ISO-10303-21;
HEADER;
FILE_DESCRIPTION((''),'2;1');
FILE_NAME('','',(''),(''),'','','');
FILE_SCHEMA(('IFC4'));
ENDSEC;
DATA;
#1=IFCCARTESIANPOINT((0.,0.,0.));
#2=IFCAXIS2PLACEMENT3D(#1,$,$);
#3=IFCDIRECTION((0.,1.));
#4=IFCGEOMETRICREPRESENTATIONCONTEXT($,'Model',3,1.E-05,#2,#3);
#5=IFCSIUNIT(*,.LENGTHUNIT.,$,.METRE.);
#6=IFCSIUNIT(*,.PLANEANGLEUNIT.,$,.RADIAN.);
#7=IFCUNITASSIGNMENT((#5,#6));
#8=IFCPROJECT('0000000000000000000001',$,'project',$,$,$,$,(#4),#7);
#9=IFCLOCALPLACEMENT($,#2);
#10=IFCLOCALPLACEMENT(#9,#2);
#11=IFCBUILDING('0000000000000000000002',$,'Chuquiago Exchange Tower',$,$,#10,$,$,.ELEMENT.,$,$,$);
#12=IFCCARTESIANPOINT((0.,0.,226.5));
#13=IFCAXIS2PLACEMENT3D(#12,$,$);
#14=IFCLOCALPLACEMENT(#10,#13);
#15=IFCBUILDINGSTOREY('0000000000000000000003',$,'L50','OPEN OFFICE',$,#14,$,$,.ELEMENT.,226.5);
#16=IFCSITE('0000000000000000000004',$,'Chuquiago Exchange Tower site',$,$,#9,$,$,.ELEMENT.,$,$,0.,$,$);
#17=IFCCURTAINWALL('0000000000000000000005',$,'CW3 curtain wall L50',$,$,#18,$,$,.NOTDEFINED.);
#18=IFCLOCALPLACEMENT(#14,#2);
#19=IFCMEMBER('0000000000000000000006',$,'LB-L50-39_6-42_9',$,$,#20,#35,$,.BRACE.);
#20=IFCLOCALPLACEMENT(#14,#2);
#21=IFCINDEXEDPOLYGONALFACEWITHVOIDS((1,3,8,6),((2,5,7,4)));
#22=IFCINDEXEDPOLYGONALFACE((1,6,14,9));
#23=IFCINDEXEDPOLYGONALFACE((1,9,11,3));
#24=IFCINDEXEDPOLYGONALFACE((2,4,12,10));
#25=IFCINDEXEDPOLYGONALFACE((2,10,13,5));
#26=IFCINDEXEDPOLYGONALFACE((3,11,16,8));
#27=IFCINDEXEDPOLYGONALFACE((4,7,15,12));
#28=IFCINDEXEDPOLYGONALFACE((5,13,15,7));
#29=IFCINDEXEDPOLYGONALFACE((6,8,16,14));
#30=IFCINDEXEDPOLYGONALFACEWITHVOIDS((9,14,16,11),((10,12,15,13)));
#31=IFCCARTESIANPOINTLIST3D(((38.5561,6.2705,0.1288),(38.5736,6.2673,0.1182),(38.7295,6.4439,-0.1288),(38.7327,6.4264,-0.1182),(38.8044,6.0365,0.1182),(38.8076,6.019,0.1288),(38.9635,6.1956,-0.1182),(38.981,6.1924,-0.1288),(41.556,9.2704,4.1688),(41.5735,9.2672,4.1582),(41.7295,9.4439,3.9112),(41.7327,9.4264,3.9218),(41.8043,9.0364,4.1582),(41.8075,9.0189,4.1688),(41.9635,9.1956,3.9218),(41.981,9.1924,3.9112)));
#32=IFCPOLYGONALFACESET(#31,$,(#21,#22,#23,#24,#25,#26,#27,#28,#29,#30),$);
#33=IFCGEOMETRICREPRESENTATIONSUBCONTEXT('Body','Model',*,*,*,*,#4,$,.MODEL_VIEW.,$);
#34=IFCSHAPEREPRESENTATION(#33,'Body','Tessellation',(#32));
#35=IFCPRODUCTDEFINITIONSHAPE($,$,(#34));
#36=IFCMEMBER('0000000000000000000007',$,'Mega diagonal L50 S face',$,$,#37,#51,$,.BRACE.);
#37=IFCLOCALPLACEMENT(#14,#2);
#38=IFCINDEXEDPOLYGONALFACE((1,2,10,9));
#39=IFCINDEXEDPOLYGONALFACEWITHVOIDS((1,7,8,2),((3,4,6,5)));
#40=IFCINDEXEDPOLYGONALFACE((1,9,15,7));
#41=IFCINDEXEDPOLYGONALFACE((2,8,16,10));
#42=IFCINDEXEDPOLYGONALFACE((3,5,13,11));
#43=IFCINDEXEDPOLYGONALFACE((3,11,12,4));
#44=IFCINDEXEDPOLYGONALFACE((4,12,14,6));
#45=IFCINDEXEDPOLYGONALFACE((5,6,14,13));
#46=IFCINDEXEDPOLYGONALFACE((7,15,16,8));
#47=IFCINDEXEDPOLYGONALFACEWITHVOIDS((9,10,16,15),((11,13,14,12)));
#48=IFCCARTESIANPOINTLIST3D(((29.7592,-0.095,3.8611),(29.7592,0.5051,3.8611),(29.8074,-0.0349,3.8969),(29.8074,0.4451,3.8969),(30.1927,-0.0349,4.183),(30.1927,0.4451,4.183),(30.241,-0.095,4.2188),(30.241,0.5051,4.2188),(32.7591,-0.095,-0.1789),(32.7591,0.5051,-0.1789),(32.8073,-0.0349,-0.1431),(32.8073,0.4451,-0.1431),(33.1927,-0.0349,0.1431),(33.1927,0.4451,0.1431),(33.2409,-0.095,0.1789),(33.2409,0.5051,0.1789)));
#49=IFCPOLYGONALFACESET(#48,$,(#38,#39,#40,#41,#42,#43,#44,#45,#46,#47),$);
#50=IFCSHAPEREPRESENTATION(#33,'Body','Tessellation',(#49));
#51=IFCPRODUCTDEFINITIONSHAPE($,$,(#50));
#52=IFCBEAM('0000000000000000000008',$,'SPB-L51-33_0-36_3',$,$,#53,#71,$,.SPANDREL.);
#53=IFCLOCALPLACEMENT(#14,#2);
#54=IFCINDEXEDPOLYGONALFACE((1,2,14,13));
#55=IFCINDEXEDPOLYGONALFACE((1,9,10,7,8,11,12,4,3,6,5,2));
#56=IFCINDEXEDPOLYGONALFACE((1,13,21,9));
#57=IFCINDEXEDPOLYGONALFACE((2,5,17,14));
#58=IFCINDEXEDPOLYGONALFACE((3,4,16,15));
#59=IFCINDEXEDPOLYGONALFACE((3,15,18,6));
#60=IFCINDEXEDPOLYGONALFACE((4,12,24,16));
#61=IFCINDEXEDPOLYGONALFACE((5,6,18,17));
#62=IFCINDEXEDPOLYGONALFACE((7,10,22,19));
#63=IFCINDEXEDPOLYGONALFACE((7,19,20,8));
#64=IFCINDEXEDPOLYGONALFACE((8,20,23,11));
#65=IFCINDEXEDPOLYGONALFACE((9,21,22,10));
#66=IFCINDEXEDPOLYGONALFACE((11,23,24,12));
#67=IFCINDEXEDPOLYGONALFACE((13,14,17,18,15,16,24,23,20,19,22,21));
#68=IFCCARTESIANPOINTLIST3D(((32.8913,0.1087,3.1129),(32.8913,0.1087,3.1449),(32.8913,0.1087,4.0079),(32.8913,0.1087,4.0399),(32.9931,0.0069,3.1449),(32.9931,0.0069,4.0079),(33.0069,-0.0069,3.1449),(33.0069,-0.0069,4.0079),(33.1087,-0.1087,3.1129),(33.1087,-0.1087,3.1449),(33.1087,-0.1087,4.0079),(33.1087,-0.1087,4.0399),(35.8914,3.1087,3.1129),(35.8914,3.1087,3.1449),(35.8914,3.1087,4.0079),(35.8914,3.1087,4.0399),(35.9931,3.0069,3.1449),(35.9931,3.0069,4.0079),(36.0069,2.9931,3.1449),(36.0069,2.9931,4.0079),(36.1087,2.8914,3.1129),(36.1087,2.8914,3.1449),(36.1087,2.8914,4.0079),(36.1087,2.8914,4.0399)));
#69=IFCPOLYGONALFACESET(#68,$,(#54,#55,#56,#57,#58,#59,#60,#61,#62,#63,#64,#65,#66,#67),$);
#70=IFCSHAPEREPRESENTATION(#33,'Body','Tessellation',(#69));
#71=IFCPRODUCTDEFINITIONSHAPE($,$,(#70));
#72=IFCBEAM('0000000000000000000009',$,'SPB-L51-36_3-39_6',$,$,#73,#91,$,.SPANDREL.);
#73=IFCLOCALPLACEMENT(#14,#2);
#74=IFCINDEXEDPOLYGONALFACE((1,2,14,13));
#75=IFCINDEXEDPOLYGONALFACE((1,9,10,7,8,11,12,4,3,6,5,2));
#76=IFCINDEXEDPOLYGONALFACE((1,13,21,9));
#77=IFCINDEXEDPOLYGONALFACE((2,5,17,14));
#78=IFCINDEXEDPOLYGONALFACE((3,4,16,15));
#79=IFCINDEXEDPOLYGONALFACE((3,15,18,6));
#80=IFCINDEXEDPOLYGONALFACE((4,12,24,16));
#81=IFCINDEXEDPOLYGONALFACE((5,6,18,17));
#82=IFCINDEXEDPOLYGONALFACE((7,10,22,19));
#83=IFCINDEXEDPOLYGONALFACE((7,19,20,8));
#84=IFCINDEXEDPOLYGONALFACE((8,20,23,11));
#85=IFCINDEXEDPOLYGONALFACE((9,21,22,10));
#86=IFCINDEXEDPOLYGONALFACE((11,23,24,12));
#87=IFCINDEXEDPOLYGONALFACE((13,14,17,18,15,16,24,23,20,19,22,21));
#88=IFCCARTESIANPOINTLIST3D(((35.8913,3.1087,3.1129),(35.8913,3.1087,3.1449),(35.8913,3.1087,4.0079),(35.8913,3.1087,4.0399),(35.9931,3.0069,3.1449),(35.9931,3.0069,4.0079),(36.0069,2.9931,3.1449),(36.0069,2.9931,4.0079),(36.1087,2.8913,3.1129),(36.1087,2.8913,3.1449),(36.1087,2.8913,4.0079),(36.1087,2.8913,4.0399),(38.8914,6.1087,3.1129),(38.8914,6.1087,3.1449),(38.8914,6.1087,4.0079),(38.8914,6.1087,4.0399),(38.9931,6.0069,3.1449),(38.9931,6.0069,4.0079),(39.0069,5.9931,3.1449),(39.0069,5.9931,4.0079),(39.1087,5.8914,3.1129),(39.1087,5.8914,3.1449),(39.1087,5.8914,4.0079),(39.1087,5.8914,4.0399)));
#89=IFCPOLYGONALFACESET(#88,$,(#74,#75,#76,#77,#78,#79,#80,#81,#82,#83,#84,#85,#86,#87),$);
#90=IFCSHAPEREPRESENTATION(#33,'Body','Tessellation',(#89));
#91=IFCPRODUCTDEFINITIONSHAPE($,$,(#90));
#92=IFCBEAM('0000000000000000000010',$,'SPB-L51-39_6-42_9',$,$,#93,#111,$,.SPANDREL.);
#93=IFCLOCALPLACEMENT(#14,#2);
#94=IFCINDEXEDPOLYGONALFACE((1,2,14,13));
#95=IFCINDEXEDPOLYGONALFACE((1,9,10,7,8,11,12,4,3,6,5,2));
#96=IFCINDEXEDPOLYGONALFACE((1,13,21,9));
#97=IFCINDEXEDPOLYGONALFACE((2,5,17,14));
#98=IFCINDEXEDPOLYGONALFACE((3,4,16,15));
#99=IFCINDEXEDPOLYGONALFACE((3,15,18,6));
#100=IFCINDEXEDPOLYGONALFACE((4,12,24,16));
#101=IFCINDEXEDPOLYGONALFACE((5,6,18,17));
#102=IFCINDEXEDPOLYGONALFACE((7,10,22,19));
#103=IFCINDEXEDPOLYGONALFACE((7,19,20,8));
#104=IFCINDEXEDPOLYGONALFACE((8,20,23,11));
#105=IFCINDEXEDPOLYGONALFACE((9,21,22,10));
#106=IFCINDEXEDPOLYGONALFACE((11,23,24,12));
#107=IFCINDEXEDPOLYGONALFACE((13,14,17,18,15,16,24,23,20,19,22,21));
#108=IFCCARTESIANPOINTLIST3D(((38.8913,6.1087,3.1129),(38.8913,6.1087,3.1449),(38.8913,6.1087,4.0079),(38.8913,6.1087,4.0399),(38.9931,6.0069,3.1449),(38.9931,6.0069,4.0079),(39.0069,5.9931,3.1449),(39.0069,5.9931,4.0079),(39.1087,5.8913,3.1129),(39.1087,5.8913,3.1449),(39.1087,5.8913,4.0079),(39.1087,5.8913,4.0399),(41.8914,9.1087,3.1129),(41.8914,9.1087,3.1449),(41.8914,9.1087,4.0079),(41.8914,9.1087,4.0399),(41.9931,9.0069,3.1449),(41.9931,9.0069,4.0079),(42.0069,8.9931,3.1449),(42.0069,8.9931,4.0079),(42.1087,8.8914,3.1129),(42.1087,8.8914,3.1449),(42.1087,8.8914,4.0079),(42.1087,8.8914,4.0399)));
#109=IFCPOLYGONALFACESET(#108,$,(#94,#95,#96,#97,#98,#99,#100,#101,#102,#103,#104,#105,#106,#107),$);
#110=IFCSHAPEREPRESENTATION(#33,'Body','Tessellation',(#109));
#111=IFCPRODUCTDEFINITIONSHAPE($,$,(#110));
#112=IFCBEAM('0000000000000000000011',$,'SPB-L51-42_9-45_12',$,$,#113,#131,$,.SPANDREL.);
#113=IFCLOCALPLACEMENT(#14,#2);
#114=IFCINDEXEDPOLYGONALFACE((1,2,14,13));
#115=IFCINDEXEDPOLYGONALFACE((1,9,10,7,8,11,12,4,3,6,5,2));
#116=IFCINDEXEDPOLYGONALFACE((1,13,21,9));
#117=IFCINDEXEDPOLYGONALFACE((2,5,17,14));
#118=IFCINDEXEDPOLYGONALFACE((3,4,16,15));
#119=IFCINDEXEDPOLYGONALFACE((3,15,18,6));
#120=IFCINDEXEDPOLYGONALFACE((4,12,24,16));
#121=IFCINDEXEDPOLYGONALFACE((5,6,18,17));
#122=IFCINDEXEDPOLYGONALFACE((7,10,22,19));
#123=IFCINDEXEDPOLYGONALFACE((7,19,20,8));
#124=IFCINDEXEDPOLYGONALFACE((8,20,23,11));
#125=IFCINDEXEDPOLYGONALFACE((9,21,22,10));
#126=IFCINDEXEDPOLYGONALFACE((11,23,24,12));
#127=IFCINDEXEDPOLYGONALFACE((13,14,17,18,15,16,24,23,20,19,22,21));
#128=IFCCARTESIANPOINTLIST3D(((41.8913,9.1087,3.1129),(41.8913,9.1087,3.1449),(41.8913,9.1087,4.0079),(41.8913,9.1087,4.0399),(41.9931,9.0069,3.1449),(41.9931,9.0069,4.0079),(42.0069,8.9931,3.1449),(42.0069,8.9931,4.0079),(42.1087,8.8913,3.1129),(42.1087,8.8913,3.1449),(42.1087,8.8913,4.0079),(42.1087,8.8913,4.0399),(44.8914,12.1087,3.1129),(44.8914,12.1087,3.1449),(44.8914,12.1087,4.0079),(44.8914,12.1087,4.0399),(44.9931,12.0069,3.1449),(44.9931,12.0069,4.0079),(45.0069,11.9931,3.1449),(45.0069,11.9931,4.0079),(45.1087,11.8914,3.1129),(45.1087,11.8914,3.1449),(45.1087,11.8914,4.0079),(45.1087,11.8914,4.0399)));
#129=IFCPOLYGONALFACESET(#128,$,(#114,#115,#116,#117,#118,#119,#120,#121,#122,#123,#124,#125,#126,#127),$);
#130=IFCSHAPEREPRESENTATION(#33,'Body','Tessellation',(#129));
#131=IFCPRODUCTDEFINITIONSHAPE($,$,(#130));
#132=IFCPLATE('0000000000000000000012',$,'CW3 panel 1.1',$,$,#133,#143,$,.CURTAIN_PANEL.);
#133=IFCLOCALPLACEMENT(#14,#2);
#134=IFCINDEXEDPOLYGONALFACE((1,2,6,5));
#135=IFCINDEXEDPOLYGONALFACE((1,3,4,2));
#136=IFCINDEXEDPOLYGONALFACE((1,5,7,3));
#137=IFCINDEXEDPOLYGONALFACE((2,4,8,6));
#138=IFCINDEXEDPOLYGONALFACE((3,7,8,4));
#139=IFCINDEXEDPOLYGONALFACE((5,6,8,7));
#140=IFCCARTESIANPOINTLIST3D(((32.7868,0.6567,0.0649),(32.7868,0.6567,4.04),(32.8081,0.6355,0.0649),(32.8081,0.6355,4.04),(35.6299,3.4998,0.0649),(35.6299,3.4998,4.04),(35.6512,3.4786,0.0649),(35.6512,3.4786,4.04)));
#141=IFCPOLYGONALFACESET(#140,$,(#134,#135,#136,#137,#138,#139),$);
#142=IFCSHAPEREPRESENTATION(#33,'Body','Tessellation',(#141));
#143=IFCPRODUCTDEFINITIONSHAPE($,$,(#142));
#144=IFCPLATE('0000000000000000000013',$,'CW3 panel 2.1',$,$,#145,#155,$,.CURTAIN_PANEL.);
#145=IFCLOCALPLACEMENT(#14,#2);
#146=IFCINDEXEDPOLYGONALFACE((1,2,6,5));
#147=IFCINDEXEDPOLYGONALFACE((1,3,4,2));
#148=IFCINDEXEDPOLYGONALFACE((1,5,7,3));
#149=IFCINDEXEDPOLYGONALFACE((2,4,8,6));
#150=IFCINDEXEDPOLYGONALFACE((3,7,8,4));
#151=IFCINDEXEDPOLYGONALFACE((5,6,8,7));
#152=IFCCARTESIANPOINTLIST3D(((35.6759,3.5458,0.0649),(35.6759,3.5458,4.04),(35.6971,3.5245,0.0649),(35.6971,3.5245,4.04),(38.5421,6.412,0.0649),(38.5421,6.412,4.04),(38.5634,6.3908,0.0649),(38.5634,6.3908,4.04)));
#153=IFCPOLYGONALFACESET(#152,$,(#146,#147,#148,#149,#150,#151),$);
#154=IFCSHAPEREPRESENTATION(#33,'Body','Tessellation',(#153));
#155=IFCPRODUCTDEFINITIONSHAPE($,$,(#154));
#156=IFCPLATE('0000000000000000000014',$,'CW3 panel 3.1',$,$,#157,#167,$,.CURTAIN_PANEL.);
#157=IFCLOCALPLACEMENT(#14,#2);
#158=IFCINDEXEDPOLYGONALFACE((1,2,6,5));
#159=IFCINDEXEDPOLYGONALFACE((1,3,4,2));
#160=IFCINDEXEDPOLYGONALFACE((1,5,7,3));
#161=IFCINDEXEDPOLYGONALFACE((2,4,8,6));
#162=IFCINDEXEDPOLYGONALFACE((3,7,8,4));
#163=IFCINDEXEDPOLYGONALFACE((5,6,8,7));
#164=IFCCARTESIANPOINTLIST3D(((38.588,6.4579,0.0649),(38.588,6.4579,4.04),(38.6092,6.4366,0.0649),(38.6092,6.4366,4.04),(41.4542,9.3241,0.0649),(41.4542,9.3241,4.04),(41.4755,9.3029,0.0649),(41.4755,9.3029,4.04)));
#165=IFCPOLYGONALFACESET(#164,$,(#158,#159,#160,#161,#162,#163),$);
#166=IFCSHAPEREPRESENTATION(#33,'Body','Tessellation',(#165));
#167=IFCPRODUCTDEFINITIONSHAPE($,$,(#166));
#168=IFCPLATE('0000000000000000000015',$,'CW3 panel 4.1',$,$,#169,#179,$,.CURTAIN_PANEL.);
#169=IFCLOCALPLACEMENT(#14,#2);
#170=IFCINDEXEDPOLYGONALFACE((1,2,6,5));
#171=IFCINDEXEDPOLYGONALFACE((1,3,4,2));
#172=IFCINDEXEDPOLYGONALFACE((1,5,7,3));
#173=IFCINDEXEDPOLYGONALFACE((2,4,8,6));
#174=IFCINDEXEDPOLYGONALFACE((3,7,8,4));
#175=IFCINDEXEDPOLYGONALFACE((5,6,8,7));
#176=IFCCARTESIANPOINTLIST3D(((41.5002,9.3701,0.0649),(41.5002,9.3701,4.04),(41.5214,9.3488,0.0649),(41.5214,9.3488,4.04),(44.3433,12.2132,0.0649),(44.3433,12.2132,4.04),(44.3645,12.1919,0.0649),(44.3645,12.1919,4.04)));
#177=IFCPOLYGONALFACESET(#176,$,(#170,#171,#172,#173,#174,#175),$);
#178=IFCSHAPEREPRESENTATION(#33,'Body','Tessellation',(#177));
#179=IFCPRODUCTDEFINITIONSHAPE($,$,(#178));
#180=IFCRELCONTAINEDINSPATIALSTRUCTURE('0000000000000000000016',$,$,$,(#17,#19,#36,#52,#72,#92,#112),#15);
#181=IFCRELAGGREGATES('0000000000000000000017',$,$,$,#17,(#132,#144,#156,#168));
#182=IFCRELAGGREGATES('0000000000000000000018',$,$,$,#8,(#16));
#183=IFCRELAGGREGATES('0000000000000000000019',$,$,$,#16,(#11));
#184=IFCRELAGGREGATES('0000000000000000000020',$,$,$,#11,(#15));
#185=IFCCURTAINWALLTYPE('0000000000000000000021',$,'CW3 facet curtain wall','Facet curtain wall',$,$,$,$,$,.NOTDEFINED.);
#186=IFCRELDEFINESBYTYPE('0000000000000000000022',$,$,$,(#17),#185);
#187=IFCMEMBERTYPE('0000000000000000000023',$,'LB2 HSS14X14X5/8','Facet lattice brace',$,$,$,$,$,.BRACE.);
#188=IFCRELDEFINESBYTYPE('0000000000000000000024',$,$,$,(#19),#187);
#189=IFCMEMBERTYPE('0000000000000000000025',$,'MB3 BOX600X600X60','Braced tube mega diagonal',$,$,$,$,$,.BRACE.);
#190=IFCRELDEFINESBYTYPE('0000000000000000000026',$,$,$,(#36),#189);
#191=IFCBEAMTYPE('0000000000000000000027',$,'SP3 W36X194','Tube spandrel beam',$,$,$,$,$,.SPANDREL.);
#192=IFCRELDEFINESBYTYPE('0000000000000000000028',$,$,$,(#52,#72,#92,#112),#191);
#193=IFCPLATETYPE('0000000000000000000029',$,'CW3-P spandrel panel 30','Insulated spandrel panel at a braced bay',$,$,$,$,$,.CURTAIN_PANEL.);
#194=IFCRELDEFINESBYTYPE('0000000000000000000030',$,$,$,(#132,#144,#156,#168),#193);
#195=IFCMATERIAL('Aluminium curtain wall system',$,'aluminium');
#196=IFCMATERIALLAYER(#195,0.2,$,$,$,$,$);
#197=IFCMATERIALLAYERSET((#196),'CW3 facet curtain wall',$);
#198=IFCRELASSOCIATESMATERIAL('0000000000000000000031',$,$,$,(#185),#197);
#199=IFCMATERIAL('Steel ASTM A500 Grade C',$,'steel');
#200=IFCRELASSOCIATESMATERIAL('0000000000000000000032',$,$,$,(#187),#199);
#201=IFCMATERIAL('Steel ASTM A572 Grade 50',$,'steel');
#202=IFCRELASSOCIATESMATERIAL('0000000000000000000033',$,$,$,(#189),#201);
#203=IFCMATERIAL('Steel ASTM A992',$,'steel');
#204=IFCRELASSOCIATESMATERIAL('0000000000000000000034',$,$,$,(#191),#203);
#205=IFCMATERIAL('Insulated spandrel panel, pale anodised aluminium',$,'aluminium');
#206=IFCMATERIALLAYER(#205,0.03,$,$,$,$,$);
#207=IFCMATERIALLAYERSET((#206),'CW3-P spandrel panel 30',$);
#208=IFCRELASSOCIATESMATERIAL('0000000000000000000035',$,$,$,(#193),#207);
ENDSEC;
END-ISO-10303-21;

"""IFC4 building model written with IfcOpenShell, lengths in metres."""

from ifc_helpers import new_model, si_unit, direction, frame, origin, origin_2d, place, context, subcontext, project, spatial, rectangle, hollow_rectangle, i_section, extrude, material, layer, layer_set, material_profile, profile_set, type_object, element, aggregate, save


model = new_model("IFC4")

# Units and contexts
model_context = context("Model", 3, precision=1e-05, world=origin(), true_north=direction((0.0, 1.0)))
body_context = subcontext(model_context, "Body", "Model", "MODEL_VIEW")
ifc_project = project(units=[si_unit("LENGTHUNIT", "METRE"), si_unit("PLANEANGLEUNIT", "RADIAN")], contexts=[model_context])

# Site, building, storey
site_placement = place(None, origin())
site = spatial("IfcSite", under=ifc_project, at=site_placement, Name="Chuquiago Exchange Tower site", CompositionType="ELEMENT", RefElevation=0.0)
building_placement = place(site_placement, origin())
building = spatial("IfcBuilding", under=site, at=building_placement, Name="Chuquiago Exchange Tower", CompositionType="ELEMENT")
storey_placement = place(building_placement, frame((0.0, 0.0, 226.5)))
storey = spatial("IfcBuildingStorey", under=building, at=storey_placement, Name="L50", Description="OPEN OFFICE", CompositionType="ELEMENT", Elevation=226.5)

# Curtain wall
ifc_material_1 = material(Name="Aluminium curtain wall system", Category="aluminium")
ifc_layer_1 = layer(ifc_material_1, 0.2)
ifc_layer_set_1 = layer_set([ifc_layer_1], Name="CW3 facet curtain wall")
curtain_wall_type = type_object("IfcCurtainWallType", Name="CW3 facet curtain wall", Description="Facet curtain wall", PredefinedType="NOTDEFINED", material=ifc_layer_set_1)
curtain_wall_placement = place(storey_placement, origin())
curtain_wall = element("IfcCurtainWall", 1, at=curtain_wall_placement, inside=storey, type_object=curtain_wall_type, Name="CW3 curtain wall L50", PredefinedType="NOTDEFINED")

# Members
ifc_material_2 = material(Name="Steel ASTM A500 Grade C", Category="steel")
ifc_material_profile_1 = material_profile(ifc_material_2, hollow_rectangle(XDim=0.3557, YDim=0.3557, WallThickness=0.0146, at=origin_2d()), Name="HSS14X14X5/8")
ifc_profile_set_1 = profile_set([ifc_material_profile_1], Name="Steel ASTM A500 Grade C")
member_type_1 = type_object("IfcMemberType", Name="LB2 HSS14X14X5/8", Description="Facet lattice brace", PredefinedType="BRACE", material=ifc_profile_set_1)
for number, where, z_axis, x_axis, name in (
    (2, (38.7686, 6.2314, 0.0), (0.512077, 0.512077, 0.689604), (-0.707107, 0.707107, 0.0), "LB-L50-39_6-42_9"),
):
    element("IfcMember", number, at=place(storey_placement, frame(where, z_axis=z_axis, x_axis=x_axis)), inside=storey, type_object=member_type_1, Name=name, PredefinedType="BRACE", context=body_context, shape_type="SweptSolid", body=[
        extrude(hollow_rectangle(XDim=0.3557, YDim=0.3557, WallThickness=0.0146, at=origin_2d()), origin(), (0.0, 0.0, 1.0), 5.8584),
    ])
ifc_material_3 = material(Name="Steel ASTM A572 Grade 50", Category="steel")
ifc_material_profile_2 = material_profile(ifc_material_3, hollow_rectangle(XDim=0.6001, YDim=0.6001, WallThickness=0.0601, at=origin_2d()), Name="BOX600X600X60")
ifc_profile_set_2 = profile_set([ifc_material_profile_2], Name="Steel ASTM A572 Grade 50")
member_type_2 = type_object("IfcMemberType", Name="MB3 BOX600X600X60", Description="Braced tube mega diagonal", PredefinedType="BRACE", material=ifc_profile_set_2)
member_1_placement = place(storey_placement, frame((33.0, 0.2051, 0.0), z_axis=(-0.596174, 0.0, 0.802855), x_axis=(0.0, -1.0, 0.0)))
element("IfcMember", 3, at=member_1_placement, inside=storey, type_object=member_type_2, Name="Mega diagonal L50 S face", PredefinedType="BRACE", context=body_context, shape_type="SweptSolid", body=[
    extrude(hollow_rectangle(XDim=0.6001, YDim=0.6001, WallThickness=0.0601, at=origin_2d()), origin(), (0.0, 0.0, 1.0), 5.032),
])

# Beams
ifc_material_4 = material(Name="Steel ASTM A992", Category="steel")
ifc_material_profile_3 = material_profile(ifc_material_4, i_section(OverallWidth=0.3074, OverallDepth=0.927, WebThickness=0.0195, FlangeThickness=0.032, at=origin_2d()), Name="W36X194")
ifc_profile_set_3 = profile_set([ifc_material_profile_3], Name="Steel ASTM A992")
beam_type_1 = type_object("IfcBeamType", Name="SP3 W36X194", Description="Tube spandrel beam", PredefinedType="SPANDREL", material=ifc_profile_set_3)
for number, where, z_axis, x_axis, name in (
    (4, (33.0, 0.0, 3.5764), (0.707107, 0.707107, 0.0), (-0.707107, 0.707107, 0.0), "SPB-L51-33_0-36_3"),
    (5, (36.0, 3.0, 3.5764), (0.707107, 0.707107, 0.0), (-0.707107, 0.707107, 0.0), "SPB-L51-36_3-39_6"),
    (6, (39.0, 6.0, 3.5764), (0.707107, 0.707107, 0.0), (-0.707107, 0.707107, 0.0), "SPB-L51-39_6-42_9"),
    (7, (42.0, 9.0, 3.5764), (0.707107, 0.707107, 0.0), (-0.707107, 0.707107, 0.0), "SPB-L51-42_9-45_12"),
):
    element("IfcBeam", number, at=place(storey_placement, frame(where, z_axis=z_axis, x_axis=x_axis)), inside=storey, type_object=beam_type_1, Name=name, PredefinedType="SPANDREL", context=body_context, shape_type="SweptSolid", body=[
        extrude(i_section(OverallWidth=0.3074, OverallDepth=0.927, WebThickness=0.0195, FlangeThickness=0.032, at=origin_2d()), origin(), (0.0, 0.0, 1.0), 4.2427),
    ])

# Plates
ifc_material_5 = material(Name="Insulated spandrel panel, pale anodised aluminium", Category="aluminium")
ifc_layer_2 = layer(ifc_material_5, 0.03)
ifc_layer_set_2 = layer_set([ifc_layer_2], Name="CW3-P spandrel panel 30")
plate_type = type_object("IfcPlateType", Name="CW3-P spandrel panel 30", Description="Insulated spandrel panel at a braced bay", PredefinedType="CURTAIN_PANEL", material=ifc_layer_set_2)
plate_1_placement = place(storey_placement, frame((34.219, 2.0676, 0.0649), z_axis=(0.0, 0.0, 1.0), x_axis=(0.707107, 0.707107, 0.0)))
plate_1 = element("IfcPlate", 8, at=plate_1_placement, type_object=plate_type, Name="CW3 panel 1.1", PredefinedType="CURTAIN_PANEL", context=body_context, shape_type="SweptSolid", body=[
    extrude(rectangle(XDim=4.0208, YDim=0.03, at=origin_2d()), origin(), (0.0, 0.0, 1.0), 3.9751),
])
plate_2_placement = place(storey_placement, frame((37.1196, 4.9683, 0.0649), z_axis=(0.0, 0.0, 1.0), x_axis=(0.707107, 0.707107, 0.0)))
plate_2 = element("IfcPlate", 9, at=plate_2_placement, type_object=plate_type, Name="CW3 panel 2.1", PredefinedType="CURTAIN_PANEL", context=body_context, shape_type="SweptSolid", body=[
    extrude(rectangle(XDim=4.0535, YDim=0.03, at=origin_2d()), origin(), (0.0, 0.0, 1.0), 3.9751),
])
plate_3_placement = place(storey_placement, frame((40.0317, 7.8804, 0.0649), z_axis=(0.0, 0.0, 1.0), x_axis=(0.707107, 0.707107, 0.0)))
plate_3 = element("IfcPlate", 10, at=plate_3_placement, type_object=plate_type, Name="CW3 panel 3.1", PredefinedType="CURTAIN_PANEL", context=body_context, shape_type="SweptSolid", body=[
    extrude(rectangle(XDim=4.0535, YDim=0.03, at=origin_2d()), origin(), (0.0, 0.0, 1.0), 3.9751),
])
plate_4_placement = place(storey_placement, frame((42.9324, 10.781, 0.0649), z_axis=(0.0, 0.0, 1.0), x_axis=(0.707107, 0.707107, 0.0)))
plate_4 = element("IfcPlate", 11, at=plate_4_placement, type_object=plate_type, Name="CW3 panel 4.1", PredefinedType="CURTAIN_PANEL", context=body_context, shape_type="SweptSolid", body=[
    extrude(rectangle(XDim=4.0208, YDim=0.03, at=origin_2d()), origin(), (0.0, 0.0, 1.0), 3.9751),
])
aggregate(curtain_wall, [plate_1, plate_2, plate_3, plate_4])

save(model, "model.ifc")
